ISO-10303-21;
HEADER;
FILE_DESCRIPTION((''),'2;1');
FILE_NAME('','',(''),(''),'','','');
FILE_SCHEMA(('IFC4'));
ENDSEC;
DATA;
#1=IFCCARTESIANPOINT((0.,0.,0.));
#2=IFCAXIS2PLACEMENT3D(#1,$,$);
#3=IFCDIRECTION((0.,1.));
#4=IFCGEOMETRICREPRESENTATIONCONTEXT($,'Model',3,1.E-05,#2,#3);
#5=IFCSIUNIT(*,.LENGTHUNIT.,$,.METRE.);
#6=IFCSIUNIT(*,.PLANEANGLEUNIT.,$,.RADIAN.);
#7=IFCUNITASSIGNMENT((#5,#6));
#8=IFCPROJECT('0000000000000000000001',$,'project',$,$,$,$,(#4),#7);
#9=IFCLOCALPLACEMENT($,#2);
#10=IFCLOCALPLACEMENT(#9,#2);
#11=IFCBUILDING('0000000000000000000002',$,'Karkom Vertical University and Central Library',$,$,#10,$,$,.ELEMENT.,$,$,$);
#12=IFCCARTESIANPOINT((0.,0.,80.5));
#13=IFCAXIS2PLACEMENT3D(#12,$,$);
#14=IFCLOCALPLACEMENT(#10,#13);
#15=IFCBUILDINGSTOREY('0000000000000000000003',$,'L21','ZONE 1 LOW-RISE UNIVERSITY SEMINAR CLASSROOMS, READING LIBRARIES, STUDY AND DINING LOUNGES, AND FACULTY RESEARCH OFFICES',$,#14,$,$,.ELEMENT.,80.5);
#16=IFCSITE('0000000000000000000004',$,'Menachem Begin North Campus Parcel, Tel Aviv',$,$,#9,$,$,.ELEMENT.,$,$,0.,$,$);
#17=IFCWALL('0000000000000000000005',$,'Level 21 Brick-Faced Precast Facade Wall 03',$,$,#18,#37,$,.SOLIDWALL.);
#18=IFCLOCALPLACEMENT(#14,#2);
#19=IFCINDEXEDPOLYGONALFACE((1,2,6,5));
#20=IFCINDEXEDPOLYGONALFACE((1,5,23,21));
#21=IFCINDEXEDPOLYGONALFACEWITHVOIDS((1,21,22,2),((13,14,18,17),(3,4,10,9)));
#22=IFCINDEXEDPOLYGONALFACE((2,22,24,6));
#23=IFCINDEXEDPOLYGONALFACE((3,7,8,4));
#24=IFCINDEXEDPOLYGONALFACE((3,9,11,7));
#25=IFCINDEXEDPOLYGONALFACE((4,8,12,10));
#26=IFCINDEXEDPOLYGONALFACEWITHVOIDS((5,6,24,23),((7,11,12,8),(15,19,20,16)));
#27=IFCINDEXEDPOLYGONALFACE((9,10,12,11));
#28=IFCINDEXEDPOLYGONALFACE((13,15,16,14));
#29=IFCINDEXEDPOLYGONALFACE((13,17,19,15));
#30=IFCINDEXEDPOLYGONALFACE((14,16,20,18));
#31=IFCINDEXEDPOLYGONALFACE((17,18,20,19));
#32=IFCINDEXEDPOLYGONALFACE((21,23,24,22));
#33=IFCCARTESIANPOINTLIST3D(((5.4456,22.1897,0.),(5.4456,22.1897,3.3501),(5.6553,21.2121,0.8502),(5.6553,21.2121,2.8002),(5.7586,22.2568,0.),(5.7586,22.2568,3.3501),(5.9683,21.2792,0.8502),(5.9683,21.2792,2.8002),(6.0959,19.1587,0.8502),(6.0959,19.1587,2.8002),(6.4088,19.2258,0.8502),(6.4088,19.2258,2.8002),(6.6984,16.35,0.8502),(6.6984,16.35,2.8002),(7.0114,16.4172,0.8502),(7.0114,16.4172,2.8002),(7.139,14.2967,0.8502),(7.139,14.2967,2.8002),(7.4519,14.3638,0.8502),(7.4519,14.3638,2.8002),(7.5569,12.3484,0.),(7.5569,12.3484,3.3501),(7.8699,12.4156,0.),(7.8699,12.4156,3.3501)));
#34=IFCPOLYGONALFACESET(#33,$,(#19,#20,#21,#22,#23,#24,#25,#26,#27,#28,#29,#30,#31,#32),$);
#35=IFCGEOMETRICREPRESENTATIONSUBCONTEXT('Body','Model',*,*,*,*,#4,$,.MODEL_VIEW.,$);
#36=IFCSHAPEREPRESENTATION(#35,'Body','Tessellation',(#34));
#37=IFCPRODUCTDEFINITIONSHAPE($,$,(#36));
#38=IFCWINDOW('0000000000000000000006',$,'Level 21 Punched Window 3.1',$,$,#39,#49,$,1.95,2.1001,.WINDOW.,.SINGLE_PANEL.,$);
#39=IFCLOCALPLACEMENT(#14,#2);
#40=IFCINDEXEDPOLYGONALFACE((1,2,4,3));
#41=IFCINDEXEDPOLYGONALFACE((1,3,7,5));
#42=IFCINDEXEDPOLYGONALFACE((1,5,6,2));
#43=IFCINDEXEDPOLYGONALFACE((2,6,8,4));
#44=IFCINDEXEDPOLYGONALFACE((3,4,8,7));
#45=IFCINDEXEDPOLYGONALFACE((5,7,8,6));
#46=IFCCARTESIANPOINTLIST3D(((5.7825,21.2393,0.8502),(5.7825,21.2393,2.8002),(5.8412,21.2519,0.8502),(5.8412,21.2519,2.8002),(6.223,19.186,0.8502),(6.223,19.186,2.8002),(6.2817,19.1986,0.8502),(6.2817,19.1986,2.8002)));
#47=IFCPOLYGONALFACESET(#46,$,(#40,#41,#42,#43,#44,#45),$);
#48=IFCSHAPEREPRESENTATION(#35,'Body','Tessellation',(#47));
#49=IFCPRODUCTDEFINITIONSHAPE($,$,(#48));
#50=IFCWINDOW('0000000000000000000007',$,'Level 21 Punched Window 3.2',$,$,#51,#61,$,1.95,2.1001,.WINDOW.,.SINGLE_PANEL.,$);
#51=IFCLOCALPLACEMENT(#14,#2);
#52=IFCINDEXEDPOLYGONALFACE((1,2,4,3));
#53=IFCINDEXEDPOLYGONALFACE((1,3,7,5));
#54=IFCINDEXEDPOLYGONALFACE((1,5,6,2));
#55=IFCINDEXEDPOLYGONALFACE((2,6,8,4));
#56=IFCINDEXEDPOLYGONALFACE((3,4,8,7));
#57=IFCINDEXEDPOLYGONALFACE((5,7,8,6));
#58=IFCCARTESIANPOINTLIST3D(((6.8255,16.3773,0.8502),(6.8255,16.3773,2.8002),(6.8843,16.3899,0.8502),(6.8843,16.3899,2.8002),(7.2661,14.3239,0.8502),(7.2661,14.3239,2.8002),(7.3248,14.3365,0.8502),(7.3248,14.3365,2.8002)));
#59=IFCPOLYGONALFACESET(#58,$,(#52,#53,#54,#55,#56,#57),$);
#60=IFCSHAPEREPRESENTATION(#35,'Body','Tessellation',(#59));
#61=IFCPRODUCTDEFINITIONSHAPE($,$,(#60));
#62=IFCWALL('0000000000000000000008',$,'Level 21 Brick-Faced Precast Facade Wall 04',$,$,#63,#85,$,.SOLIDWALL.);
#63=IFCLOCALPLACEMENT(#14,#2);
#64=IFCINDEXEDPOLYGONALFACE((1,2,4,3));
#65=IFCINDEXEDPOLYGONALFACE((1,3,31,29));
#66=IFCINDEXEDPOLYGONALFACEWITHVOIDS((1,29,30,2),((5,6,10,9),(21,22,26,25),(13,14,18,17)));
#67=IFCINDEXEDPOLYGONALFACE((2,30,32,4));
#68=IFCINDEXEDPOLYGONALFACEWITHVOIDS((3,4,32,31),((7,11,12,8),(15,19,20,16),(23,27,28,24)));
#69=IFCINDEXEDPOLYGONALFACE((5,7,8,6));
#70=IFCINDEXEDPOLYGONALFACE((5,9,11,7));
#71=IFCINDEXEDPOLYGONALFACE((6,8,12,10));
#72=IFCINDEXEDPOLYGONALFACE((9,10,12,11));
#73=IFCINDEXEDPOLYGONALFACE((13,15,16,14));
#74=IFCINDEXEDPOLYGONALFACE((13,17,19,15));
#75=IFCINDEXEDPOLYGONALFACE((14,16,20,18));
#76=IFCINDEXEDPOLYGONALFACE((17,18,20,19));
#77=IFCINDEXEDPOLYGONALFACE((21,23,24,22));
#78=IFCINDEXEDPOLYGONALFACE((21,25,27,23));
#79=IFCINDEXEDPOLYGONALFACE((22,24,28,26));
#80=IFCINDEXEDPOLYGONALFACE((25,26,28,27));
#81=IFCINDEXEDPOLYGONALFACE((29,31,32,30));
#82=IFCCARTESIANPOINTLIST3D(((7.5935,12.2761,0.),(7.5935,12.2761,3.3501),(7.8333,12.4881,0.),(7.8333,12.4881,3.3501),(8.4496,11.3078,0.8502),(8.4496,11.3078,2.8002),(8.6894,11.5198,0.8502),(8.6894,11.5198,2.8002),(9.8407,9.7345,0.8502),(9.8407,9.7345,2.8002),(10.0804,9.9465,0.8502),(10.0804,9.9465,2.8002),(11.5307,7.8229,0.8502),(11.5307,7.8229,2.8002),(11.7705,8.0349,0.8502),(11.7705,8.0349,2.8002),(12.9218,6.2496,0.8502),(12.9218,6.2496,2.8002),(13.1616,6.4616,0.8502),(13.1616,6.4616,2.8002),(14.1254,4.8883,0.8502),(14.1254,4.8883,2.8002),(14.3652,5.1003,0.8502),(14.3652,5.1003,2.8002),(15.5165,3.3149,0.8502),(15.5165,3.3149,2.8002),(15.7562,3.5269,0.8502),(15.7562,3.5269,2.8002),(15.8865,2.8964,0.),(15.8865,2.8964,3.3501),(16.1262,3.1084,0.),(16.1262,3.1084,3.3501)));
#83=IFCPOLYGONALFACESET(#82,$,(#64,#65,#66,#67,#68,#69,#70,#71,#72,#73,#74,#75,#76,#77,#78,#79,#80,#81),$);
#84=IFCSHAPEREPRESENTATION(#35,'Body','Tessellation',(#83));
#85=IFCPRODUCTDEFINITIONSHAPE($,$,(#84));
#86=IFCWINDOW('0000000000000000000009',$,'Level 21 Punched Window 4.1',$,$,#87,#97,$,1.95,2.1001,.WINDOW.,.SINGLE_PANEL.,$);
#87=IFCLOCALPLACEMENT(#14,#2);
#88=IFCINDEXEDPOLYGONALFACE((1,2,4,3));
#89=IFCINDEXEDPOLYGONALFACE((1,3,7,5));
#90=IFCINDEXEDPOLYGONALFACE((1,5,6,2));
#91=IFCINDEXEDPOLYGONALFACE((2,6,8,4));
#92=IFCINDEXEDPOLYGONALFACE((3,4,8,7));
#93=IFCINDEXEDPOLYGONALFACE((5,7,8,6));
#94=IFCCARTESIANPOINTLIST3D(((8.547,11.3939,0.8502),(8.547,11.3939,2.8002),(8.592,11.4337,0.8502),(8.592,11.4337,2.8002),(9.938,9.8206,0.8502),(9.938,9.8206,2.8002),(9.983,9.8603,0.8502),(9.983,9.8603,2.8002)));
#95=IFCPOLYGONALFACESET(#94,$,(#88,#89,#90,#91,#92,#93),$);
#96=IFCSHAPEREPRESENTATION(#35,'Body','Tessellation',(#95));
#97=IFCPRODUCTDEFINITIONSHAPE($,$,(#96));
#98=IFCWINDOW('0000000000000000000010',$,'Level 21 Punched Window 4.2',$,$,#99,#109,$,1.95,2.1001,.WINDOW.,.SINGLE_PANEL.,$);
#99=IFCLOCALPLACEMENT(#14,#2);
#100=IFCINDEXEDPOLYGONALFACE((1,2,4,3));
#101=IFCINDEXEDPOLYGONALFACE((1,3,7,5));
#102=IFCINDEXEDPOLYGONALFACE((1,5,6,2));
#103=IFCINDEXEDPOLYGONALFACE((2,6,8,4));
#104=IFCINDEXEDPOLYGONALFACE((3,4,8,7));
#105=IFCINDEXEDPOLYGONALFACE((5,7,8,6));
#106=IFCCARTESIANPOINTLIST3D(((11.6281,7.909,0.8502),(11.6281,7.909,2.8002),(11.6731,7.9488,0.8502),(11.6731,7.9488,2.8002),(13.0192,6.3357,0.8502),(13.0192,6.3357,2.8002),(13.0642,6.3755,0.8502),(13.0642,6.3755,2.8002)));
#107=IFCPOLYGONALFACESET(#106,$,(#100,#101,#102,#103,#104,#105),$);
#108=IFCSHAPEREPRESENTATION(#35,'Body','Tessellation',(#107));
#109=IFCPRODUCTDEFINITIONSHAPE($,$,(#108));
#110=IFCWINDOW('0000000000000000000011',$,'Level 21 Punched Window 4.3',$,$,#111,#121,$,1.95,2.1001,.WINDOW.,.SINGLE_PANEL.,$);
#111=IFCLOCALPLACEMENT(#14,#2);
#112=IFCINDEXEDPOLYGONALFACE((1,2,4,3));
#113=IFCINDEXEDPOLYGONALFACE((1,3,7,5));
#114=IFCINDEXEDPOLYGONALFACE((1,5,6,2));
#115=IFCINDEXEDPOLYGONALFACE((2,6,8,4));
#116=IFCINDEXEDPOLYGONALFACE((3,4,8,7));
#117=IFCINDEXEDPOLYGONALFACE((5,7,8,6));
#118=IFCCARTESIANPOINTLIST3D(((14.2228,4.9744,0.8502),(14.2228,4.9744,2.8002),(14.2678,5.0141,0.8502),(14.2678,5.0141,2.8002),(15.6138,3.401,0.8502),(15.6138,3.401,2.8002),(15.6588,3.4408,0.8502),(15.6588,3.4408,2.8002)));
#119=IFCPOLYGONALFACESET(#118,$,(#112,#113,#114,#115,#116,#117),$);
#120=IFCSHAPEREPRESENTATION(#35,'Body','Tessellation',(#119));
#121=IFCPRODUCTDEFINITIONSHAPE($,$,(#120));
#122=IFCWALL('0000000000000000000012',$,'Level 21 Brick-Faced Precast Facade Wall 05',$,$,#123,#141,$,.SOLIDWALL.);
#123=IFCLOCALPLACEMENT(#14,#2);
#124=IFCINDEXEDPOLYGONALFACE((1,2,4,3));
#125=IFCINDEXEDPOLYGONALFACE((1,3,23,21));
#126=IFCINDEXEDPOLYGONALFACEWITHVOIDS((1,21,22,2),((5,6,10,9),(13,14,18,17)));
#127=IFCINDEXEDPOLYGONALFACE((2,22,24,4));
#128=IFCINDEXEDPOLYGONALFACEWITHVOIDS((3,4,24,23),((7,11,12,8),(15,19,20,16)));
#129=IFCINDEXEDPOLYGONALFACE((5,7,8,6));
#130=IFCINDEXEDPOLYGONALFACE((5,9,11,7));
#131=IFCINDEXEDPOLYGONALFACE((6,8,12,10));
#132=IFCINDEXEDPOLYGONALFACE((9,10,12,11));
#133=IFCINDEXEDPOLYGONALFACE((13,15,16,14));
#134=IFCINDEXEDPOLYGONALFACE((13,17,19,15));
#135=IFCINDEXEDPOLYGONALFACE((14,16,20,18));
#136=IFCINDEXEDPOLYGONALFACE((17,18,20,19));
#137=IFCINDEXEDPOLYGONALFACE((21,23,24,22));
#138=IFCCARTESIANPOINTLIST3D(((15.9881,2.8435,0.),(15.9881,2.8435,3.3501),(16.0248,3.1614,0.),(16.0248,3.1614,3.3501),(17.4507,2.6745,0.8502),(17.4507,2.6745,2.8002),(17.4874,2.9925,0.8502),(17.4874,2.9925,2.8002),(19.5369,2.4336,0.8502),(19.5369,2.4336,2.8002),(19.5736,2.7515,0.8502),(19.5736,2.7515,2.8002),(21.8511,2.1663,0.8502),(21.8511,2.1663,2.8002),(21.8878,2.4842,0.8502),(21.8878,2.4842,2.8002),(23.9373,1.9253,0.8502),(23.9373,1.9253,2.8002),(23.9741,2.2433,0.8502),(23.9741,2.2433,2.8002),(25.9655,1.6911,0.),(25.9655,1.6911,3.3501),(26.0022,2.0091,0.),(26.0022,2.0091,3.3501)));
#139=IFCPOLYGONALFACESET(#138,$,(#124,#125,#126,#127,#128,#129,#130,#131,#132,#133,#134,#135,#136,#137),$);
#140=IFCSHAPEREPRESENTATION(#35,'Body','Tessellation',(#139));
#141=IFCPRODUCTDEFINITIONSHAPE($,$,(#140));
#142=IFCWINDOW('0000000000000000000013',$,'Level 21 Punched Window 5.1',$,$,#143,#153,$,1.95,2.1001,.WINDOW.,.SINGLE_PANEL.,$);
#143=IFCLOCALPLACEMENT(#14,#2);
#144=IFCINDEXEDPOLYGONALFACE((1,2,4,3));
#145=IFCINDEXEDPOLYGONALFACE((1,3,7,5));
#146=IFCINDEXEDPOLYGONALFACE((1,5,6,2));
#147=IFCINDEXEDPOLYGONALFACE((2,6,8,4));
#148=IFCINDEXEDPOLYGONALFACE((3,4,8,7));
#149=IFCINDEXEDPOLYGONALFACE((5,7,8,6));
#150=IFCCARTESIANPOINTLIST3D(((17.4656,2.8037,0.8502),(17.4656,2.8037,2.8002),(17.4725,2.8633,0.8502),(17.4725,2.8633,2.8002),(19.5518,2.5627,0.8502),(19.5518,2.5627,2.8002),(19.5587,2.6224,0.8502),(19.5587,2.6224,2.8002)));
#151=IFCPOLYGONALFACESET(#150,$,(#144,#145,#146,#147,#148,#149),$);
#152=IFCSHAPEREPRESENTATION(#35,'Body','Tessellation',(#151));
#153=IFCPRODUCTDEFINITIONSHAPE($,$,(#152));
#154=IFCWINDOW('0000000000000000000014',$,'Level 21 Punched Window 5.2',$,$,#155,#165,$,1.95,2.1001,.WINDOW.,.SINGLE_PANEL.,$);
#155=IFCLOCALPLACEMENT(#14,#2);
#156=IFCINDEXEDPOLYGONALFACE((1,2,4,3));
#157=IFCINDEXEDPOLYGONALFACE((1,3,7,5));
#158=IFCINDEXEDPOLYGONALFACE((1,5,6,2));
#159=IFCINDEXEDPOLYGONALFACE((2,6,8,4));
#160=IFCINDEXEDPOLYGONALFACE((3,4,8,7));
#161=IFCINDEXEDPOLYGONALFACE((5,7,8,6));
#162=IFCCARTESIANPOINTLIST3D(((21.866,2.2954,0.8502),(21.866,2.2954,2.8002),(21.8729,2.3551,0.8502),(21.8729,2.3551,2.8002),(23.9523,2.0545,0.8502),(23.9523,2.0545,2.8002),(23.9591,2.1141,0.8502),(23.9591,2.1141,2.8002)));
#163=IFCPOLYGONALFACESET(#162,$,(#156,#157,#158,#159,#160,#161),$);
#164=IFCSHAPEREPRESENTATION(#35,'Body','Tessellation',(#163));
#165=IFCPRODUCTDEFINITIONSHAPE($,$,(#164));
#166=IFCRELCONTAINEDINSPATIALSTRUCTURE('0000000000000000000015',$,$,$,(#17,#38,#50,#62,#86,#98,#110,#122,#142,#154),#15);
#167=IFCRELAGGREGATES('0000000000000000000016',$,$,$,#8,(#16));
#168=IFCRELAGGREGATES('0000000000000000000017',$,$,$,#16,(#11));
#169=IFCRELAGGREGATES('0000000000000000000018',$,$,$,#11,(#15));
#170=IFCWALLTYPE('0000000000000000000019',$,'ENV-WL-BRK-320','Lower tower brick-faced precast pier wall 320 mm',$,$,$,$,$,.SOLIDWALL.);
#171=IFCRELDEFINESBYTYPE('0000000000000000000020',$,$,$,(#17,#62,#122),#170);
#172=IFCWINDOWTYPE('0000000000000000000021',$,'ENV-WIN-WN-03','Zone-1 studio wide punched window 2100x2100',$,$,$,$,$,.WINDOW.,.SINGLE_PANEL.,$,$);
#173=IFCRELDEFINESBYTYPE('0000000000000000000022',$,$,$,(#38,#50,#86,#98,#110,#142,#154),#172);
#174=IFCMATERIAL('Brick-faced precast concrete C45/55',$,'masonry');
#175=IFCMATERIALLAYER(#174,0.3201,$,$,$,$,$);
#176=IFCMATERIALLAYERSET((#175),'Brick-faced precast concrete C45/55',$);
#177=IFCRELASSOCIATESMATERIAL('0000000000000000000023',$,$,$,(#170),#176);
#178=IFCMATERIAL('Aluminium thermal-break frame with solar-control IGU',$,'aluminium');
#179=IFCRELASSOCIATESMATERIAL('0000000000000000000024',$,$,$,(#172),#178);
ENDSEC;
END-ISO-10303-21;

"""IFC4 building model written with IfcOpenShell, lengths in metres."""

from ifc_helpers import new_model, si_unit, direction, frame, frame_2d, origin, origin_with_axes, place, context, subcontext, project, spatial, rectangle, extrude, source, transform, mapped, material, layer, layer_set, type_object, element, fill, save


model = new_model("IFC4")

# Units and contexts
model_context = context("Model", 3, precision=1e-05, world=origin(), true_north=direction((0.0, 1.0)))
body_context = subcontext(model_context, "Body", "Model", "MODEL_VIEW")
ifc_project = project(units=[si_unit("LENGTHUNIT", "METRE"), si_unit("PLANEANGLEUNIT", "RADIAN")], contexts=[model_context])

# Site, building, storey
site_placement = place(None, origin())
site = spatial("IfcSite", under=ifc_project, at=site_placement, Name="Menachem Begin North Campus Parcel, Tel Aviv", CompositionType="ELEMENT", RefElevation=0.0)
building_placement = place(site_placement, origin())
building = spatial("IfcBuilding", under=site, at=building_placement, Name="Karkom Vertical University and Central Library", CompositionType="ELEMENT")
storey_placement = place(building_placement, frame((0.0, 0.0, 80.5)))
storey = spatial("IfcBuildingStorey", under=building, at=storey_placement, Name="L21", Description="ZONE 1 LOW-RISE UNIVERSITY SEMINAR CLASSROOMS, READING LIBRARIES, STUDY AND DINING LOUNGES, AND FACULTY RESEARCH OFFICES", CompositionType="ELEMENT", Elevation=80.5)

# Walls, openings, windows
ifc_material_1 = material(Name="Brick-faced precast concrete C45/55", Category="masonry")
ifc_layer_1 = layer(ifc_material_1, 0.3201)
ifc_layer_set_1 = layer_set([ifc_layer_1], Name="Brick-faced precast concrete C45/55")
wall_type_1 = type_object("IfcWallType", Name="ENV-WL-BRK-320", Description="Lower tower brick-faced precast pier wall 320 mm", PredefinedType="SOLIDWALL", material=ifc_layer_set_1)
wall_1_placement = place(storey_placement, frame((5.6021, 22.2234, 0.0), z_axis=(0.0, 0.0, 1.0), x_axis=(0.209764, -0.977752, 0.0)))
wall_1 = element("IfcWall", 1, at=wall_1_placement, inside=storey, type_object=wall_type_1, Name="Level 21 Brick-Faced Precast Facade Wall 03", PredefinedType="SOLIDWALL", context=body_context, shape_type="SweptSolid", body=[
    extrude(rectangle(XDim=10.0652, YDim=0.3201, at=frame_2d((5.0327, 0.0))), origin(), (0.0, 0.0, 1.0), 3.3501),
])
opening_1_placement = place(wall_1_placement, frame((1.0, 0.0, 0.8501)))
opening_1 = element("IfcOpeningElement", 2, at=opening_1_placement, cuts=wall_1, PredefinedType="OPENING", context=body_context, shape_type="SweptSolid", body=[
    extrude(rectangle(XDim=2.1001, YDim=1.95, at=frame_2d((1.05, 0.9751))), frame((0.0, 0.1699, 0.0), z_axis=(0.0, -1.0, 0.0), x_axis=(1.0, 0.0, 0.0)), (0.0, 0.0, 1.0), 0.3401),
])
opening_2_placement = place(wall_1_placement, frame((5.9727, 0.0, 0.8501)))
opening_2 = element("IfcOpeningElement", 3, at=opening_2_placement, cuts=wall_1, PredefinedType="OPENING", context=body_context, shape_type="SweptSolid", body=[
    extrude(rectangle(XDim=2.1001, YDim=1.95, at=frame_2d((1.05, 0.9751))), frame((0.0, 0.1699, 0.0), z_axis=(0.0, -1.0, 0.0), x_axis=(1.0, 0.0, 0.0)), (0.0, 0.0, 1.0), 0.3401),
])
ifc_material_2 = material(Name="Aluminium thermal-break frame with solar-control IGU", Category="aluminium")
window_type = type_object("IfcWindowType", Name="ENV-WIN-WN-03", Description="Zone-1 studio wide punched window 2100x2100", PartitioningType="SINGLE_PANEL", PredefinedType="WINDOW", material=ifc_material_2)
shared_shape_1 = source(origin_with_axes(), body_context, "Body", "SweptSolid", [
    extrude(rectangle(XDim=2.1001, YDim=1.95, at=frame_2d((1.05, 0.9751))), frame((0.0, 0.03, 0.0), z_axis=(0.0, -1.0, 0.0), x_axis=(1.0, 0.0, 0.0)), (0.0, 0.0, 1.0), 0.0601),
])
window_1_placement = place(opening_1_placement, origin())
window_1 = element("IfcWindow", 4, at=window_1_placement, inside=storey, type_object=window_type, Name="Level 21 Punched Window 3.1", OverallHeight=1.95, OverallWidth=2.1001, PartitioningType="SINGLE_PANEL", PredefinedType="WINDOW", context=body_context, shape_type="MappedRepresentation", body=[
    mapped(shared_shape_1, transform((0.0, 0.0, 0.0), scale=1.0)),
])
fill(opening_1, window_1)
window_2_placement = place(opening_2_placement, origin())
window_2 = element("IfcWindow", 5, at=window_2_placement, inside=storey, type_object=window_type, Name="Level 21 Punched Window 3.2", OverallHeight=1.95, OverallWidth=2.1001, PartitioningType="SINGLE_PANEL", PredefinedType="WINDOW", context=body_context, shape_type="MappedRepresentation", body=[
    mapped(shared_shape_1, transform((0.0, 0.0, 0.0), scale=1.0)),
])
fill(opening_2, window_2)
wall_2_placement = place(storey_placement, frame((7.7134, 12.3821, 0.0), z_axis=(0.0, 0.0, 1.0), x_axis=(0.662377, -0.749171, 0.0)))
wall_2 = element("IfcWall", 6, at=wall_2_placement, inside=storey, type_object=wall_type_1, Name="Level 21 Brick-Faced Precast Facade Wall 04", PredefinedType="SOLIDWALL", context=body_context, shape_type="SweptSolid", body=[
    extrude(rectangle(XDim=12.52, YDim=0.3201, at=frame_2d((6.26, 0.0))), origin(), (0.0, 0.0, 1.0), 3.3501),
])
opening_3_placement = place(wall_2_placement, frame((1.2925, 0.0, 0.8501)))
opening_3 = element("IfcOpeningElement", 7, at=opening_3_placement, cuts=wall_2, PredefinedType="OPENING", context=body_context, shape_type="SweptSolid", body=[
    extrude(rectangle(XDim=2.1001, YDim=1.95, at=frame_2d((1.05, 0.9751))), frame((0.0, 0.1699, 0.0), z_axis=(0.0, -1.0, 0.0), x_axis=(1.0, 0.0, 0.0)), (0.0, 0.0, 1.0), 0.3401),
])
opening_4_placement = place(wall_2_placement, frame((5.9441, 0.0, 0.8501)))
opening_4 = element("IfcOpeningElement", 8, at=opening_4_placement, cuts=wall_2, PredefinedType="OPENING", context=body_context, shape_type="SweptSolid", body=[
    extrude(rectangle(XDim=2.1001, YDim=1.95, at=frame_2d((1.05, 0.9751))), frame((0.0, 0.1699, 0.0), z_axis=(0.0, -1.0, 0.0), x_axis=(1.0, 0.0, 0.0)), (0.0, 0.0, 1.0), 0.3401),
])
opening_5_placement = place(wall_2_placement, frame((9.8613, 0.0, 0.8501)))
opening_5 = element("IfcOpeningElement", 9, at=opening_5_placement, cuts=wall_2, PredefinedType="OPENING", context=body_context, shape_type="SweptSolid", body=[
    extrude(rectangle(XDim=2.1001, YDim=1.95, at=frame_2d((1.05, 0.9751))), frame((0.0, 0.1699, 0.0), z_axis=(0.0, -1.0, 0.0), x_axis=(1.0, 0.0, 0.0)), (0.0, 0.0, 1.0), 0.3401),
])
window_3_placement = place(opening_3_placement, origin())
window_3 = element("IfcWindow", 10, at=window_3_placement, inside=storey, type_object=window_type, Name="Level 21 Punched Window 4.1", OverallHeight=1.95, OverallWidth=2.1001, PartitioningType="SINGLE_PANEL", PredefinedType="WINDOW", context=body_context, shape_type="MappedRepresentation", body=[
    mapped(shared_shape_1, transform((0.0, 0.0, 0.0), scale=1.0)),
])
fill(opening_3, window_3)
window_4_placement = place(opening_4_placement, origin())
window_4 = element("IfcWindow", 11, at=window_4_placement, inside=storey, type_object=window_type, Name="Level 21 Punched Window 4.2", OverallHeight=1.95, OverallWidth=2.1001, PartitioningType="SINGLE_PANEL", PredefinedType="WINDOW", context=body_context, shape_type="MappedRepresentation", body=[
    mapped(shared_shape_1, transform((0.0, 0.0, 0.0), scale=1.0)),
])
fill(opening_4, window_4)
window_5_placement = place(opening_5_placement, origin())
window_5 = element("IfcWindow", 12, at=window_5_placement, inside=storey, type_object=window_type, Name="Level 21 Punched Window 4.3", OverallHeight=1.95, OverallWidth=2.1001, PartitioningType="SINGLE_PANEL", PredefinedType="WINDOW", context=body_context, shape_type="MappedRepresentation", body=[
    mapped(shared_shape_1, transform((0.0, 0.0, 0.0), scale=1.0)),
])
fill(opening_5, window_5)
wall_3_placement = place(storey_placement, frame((16.0063, 3.0024, 0.0), z_axis=(0.0, 0.0, 1.0), x_axis=(0.993396, -0.114734, 0.0)))
wall_3 = element("IfcWall", 13, at=wall_3_placement, inside=storey, type_object=wall_type_1, Name="Level 21 Brick-Faced Precast Facade Wall 05", PredefinedType="SOLIDWALL", context=body_context, shape_type="SweptSolid", body=[
    extrude(rectangle(XDim=10.0437, YDim=0.3201, at=frame_2d((5.022, 0.0))), origin(), (0.0, 0.0, 1.0), 3.3501),
])
opening_6_placement = place(wall_3_placement, frame((1.4724, 0.0, 0.8501)))
opening_6 = element("IfcOpeningElement", 14, at=opening_6_placement, cuts=wall_3, PredefinedType="OPENING", context=body_context, shape_type="SweptSolid", body=[
    extrude(rectangle(XDim=2.1001, YDim=1.95, at=frame_2d((1.05, 0.9751))), frame((0.0, 0.1699, 0.0), z_axis=(0.0, -1.0, 0.0), x_axis=(1.0, 0.0, 0.0)), (0.0, 0.0, 1.0), 0.3401),
])
opening_7_placement = place(wall_3_placement, frame((5.9021, 0.0, 0.8501)))
opening_7 = element("IfcOpeningElement", 15, at=opening_7_placement, cuts=wall_3, PredefinedType="OPENING", context=body_context, shape_type="SweptSolid", body=[
    extrude(rectangle(XDim=2.1001, YDim=1.95, at=frame_2d((1.05, 0.9751))), frame((0.0, 0.1699, 0.0), z_axis=(0.0, -1.0, 0.0), x_axis=(1.0, 0.0, 0.0)), (0.0, 0.0, 1.0), 0.3401),
])
window_6_placement = place(opening_6_placement, origin())
window_6 = element("IfcWindow", 16, at=window_6_placement, inside=storey, type_object=window_type, Name="Level 21 Punched Window 5.1", OverallHeight=1.95, OverallWidth=2.1001, PartitioningType="SINGLE_PANEL", PredefinedType="WINDOW", context=body_context, shape_type="MappedRepresentation", body=[
    mapped(shared_shape_1, transform((0.0, 0.0, 0.0), scale=1.0)),
])
fill(opening_6, window_6)
window_7_placement = place(opening_7_placement, origin())
window_7 = element("IfcWindow", 17, at=window_7_placement, inside=storey, type_object=window_type, Name="Level 21 Punched Window 5.2", OverallHeight=1.95, OverallWidth=2.1001, PartitioningType="SINGLE_PANEL", PredefinedType="WINDOW", context=body_context, shape_type="MappedRepresentation", body=[
    mapped(shared_shape_1, transform((0.0, 0.0, 0.0), scale=1.0)),
])
fill(opening_7, window_7)

save(model, "model.ifc")
